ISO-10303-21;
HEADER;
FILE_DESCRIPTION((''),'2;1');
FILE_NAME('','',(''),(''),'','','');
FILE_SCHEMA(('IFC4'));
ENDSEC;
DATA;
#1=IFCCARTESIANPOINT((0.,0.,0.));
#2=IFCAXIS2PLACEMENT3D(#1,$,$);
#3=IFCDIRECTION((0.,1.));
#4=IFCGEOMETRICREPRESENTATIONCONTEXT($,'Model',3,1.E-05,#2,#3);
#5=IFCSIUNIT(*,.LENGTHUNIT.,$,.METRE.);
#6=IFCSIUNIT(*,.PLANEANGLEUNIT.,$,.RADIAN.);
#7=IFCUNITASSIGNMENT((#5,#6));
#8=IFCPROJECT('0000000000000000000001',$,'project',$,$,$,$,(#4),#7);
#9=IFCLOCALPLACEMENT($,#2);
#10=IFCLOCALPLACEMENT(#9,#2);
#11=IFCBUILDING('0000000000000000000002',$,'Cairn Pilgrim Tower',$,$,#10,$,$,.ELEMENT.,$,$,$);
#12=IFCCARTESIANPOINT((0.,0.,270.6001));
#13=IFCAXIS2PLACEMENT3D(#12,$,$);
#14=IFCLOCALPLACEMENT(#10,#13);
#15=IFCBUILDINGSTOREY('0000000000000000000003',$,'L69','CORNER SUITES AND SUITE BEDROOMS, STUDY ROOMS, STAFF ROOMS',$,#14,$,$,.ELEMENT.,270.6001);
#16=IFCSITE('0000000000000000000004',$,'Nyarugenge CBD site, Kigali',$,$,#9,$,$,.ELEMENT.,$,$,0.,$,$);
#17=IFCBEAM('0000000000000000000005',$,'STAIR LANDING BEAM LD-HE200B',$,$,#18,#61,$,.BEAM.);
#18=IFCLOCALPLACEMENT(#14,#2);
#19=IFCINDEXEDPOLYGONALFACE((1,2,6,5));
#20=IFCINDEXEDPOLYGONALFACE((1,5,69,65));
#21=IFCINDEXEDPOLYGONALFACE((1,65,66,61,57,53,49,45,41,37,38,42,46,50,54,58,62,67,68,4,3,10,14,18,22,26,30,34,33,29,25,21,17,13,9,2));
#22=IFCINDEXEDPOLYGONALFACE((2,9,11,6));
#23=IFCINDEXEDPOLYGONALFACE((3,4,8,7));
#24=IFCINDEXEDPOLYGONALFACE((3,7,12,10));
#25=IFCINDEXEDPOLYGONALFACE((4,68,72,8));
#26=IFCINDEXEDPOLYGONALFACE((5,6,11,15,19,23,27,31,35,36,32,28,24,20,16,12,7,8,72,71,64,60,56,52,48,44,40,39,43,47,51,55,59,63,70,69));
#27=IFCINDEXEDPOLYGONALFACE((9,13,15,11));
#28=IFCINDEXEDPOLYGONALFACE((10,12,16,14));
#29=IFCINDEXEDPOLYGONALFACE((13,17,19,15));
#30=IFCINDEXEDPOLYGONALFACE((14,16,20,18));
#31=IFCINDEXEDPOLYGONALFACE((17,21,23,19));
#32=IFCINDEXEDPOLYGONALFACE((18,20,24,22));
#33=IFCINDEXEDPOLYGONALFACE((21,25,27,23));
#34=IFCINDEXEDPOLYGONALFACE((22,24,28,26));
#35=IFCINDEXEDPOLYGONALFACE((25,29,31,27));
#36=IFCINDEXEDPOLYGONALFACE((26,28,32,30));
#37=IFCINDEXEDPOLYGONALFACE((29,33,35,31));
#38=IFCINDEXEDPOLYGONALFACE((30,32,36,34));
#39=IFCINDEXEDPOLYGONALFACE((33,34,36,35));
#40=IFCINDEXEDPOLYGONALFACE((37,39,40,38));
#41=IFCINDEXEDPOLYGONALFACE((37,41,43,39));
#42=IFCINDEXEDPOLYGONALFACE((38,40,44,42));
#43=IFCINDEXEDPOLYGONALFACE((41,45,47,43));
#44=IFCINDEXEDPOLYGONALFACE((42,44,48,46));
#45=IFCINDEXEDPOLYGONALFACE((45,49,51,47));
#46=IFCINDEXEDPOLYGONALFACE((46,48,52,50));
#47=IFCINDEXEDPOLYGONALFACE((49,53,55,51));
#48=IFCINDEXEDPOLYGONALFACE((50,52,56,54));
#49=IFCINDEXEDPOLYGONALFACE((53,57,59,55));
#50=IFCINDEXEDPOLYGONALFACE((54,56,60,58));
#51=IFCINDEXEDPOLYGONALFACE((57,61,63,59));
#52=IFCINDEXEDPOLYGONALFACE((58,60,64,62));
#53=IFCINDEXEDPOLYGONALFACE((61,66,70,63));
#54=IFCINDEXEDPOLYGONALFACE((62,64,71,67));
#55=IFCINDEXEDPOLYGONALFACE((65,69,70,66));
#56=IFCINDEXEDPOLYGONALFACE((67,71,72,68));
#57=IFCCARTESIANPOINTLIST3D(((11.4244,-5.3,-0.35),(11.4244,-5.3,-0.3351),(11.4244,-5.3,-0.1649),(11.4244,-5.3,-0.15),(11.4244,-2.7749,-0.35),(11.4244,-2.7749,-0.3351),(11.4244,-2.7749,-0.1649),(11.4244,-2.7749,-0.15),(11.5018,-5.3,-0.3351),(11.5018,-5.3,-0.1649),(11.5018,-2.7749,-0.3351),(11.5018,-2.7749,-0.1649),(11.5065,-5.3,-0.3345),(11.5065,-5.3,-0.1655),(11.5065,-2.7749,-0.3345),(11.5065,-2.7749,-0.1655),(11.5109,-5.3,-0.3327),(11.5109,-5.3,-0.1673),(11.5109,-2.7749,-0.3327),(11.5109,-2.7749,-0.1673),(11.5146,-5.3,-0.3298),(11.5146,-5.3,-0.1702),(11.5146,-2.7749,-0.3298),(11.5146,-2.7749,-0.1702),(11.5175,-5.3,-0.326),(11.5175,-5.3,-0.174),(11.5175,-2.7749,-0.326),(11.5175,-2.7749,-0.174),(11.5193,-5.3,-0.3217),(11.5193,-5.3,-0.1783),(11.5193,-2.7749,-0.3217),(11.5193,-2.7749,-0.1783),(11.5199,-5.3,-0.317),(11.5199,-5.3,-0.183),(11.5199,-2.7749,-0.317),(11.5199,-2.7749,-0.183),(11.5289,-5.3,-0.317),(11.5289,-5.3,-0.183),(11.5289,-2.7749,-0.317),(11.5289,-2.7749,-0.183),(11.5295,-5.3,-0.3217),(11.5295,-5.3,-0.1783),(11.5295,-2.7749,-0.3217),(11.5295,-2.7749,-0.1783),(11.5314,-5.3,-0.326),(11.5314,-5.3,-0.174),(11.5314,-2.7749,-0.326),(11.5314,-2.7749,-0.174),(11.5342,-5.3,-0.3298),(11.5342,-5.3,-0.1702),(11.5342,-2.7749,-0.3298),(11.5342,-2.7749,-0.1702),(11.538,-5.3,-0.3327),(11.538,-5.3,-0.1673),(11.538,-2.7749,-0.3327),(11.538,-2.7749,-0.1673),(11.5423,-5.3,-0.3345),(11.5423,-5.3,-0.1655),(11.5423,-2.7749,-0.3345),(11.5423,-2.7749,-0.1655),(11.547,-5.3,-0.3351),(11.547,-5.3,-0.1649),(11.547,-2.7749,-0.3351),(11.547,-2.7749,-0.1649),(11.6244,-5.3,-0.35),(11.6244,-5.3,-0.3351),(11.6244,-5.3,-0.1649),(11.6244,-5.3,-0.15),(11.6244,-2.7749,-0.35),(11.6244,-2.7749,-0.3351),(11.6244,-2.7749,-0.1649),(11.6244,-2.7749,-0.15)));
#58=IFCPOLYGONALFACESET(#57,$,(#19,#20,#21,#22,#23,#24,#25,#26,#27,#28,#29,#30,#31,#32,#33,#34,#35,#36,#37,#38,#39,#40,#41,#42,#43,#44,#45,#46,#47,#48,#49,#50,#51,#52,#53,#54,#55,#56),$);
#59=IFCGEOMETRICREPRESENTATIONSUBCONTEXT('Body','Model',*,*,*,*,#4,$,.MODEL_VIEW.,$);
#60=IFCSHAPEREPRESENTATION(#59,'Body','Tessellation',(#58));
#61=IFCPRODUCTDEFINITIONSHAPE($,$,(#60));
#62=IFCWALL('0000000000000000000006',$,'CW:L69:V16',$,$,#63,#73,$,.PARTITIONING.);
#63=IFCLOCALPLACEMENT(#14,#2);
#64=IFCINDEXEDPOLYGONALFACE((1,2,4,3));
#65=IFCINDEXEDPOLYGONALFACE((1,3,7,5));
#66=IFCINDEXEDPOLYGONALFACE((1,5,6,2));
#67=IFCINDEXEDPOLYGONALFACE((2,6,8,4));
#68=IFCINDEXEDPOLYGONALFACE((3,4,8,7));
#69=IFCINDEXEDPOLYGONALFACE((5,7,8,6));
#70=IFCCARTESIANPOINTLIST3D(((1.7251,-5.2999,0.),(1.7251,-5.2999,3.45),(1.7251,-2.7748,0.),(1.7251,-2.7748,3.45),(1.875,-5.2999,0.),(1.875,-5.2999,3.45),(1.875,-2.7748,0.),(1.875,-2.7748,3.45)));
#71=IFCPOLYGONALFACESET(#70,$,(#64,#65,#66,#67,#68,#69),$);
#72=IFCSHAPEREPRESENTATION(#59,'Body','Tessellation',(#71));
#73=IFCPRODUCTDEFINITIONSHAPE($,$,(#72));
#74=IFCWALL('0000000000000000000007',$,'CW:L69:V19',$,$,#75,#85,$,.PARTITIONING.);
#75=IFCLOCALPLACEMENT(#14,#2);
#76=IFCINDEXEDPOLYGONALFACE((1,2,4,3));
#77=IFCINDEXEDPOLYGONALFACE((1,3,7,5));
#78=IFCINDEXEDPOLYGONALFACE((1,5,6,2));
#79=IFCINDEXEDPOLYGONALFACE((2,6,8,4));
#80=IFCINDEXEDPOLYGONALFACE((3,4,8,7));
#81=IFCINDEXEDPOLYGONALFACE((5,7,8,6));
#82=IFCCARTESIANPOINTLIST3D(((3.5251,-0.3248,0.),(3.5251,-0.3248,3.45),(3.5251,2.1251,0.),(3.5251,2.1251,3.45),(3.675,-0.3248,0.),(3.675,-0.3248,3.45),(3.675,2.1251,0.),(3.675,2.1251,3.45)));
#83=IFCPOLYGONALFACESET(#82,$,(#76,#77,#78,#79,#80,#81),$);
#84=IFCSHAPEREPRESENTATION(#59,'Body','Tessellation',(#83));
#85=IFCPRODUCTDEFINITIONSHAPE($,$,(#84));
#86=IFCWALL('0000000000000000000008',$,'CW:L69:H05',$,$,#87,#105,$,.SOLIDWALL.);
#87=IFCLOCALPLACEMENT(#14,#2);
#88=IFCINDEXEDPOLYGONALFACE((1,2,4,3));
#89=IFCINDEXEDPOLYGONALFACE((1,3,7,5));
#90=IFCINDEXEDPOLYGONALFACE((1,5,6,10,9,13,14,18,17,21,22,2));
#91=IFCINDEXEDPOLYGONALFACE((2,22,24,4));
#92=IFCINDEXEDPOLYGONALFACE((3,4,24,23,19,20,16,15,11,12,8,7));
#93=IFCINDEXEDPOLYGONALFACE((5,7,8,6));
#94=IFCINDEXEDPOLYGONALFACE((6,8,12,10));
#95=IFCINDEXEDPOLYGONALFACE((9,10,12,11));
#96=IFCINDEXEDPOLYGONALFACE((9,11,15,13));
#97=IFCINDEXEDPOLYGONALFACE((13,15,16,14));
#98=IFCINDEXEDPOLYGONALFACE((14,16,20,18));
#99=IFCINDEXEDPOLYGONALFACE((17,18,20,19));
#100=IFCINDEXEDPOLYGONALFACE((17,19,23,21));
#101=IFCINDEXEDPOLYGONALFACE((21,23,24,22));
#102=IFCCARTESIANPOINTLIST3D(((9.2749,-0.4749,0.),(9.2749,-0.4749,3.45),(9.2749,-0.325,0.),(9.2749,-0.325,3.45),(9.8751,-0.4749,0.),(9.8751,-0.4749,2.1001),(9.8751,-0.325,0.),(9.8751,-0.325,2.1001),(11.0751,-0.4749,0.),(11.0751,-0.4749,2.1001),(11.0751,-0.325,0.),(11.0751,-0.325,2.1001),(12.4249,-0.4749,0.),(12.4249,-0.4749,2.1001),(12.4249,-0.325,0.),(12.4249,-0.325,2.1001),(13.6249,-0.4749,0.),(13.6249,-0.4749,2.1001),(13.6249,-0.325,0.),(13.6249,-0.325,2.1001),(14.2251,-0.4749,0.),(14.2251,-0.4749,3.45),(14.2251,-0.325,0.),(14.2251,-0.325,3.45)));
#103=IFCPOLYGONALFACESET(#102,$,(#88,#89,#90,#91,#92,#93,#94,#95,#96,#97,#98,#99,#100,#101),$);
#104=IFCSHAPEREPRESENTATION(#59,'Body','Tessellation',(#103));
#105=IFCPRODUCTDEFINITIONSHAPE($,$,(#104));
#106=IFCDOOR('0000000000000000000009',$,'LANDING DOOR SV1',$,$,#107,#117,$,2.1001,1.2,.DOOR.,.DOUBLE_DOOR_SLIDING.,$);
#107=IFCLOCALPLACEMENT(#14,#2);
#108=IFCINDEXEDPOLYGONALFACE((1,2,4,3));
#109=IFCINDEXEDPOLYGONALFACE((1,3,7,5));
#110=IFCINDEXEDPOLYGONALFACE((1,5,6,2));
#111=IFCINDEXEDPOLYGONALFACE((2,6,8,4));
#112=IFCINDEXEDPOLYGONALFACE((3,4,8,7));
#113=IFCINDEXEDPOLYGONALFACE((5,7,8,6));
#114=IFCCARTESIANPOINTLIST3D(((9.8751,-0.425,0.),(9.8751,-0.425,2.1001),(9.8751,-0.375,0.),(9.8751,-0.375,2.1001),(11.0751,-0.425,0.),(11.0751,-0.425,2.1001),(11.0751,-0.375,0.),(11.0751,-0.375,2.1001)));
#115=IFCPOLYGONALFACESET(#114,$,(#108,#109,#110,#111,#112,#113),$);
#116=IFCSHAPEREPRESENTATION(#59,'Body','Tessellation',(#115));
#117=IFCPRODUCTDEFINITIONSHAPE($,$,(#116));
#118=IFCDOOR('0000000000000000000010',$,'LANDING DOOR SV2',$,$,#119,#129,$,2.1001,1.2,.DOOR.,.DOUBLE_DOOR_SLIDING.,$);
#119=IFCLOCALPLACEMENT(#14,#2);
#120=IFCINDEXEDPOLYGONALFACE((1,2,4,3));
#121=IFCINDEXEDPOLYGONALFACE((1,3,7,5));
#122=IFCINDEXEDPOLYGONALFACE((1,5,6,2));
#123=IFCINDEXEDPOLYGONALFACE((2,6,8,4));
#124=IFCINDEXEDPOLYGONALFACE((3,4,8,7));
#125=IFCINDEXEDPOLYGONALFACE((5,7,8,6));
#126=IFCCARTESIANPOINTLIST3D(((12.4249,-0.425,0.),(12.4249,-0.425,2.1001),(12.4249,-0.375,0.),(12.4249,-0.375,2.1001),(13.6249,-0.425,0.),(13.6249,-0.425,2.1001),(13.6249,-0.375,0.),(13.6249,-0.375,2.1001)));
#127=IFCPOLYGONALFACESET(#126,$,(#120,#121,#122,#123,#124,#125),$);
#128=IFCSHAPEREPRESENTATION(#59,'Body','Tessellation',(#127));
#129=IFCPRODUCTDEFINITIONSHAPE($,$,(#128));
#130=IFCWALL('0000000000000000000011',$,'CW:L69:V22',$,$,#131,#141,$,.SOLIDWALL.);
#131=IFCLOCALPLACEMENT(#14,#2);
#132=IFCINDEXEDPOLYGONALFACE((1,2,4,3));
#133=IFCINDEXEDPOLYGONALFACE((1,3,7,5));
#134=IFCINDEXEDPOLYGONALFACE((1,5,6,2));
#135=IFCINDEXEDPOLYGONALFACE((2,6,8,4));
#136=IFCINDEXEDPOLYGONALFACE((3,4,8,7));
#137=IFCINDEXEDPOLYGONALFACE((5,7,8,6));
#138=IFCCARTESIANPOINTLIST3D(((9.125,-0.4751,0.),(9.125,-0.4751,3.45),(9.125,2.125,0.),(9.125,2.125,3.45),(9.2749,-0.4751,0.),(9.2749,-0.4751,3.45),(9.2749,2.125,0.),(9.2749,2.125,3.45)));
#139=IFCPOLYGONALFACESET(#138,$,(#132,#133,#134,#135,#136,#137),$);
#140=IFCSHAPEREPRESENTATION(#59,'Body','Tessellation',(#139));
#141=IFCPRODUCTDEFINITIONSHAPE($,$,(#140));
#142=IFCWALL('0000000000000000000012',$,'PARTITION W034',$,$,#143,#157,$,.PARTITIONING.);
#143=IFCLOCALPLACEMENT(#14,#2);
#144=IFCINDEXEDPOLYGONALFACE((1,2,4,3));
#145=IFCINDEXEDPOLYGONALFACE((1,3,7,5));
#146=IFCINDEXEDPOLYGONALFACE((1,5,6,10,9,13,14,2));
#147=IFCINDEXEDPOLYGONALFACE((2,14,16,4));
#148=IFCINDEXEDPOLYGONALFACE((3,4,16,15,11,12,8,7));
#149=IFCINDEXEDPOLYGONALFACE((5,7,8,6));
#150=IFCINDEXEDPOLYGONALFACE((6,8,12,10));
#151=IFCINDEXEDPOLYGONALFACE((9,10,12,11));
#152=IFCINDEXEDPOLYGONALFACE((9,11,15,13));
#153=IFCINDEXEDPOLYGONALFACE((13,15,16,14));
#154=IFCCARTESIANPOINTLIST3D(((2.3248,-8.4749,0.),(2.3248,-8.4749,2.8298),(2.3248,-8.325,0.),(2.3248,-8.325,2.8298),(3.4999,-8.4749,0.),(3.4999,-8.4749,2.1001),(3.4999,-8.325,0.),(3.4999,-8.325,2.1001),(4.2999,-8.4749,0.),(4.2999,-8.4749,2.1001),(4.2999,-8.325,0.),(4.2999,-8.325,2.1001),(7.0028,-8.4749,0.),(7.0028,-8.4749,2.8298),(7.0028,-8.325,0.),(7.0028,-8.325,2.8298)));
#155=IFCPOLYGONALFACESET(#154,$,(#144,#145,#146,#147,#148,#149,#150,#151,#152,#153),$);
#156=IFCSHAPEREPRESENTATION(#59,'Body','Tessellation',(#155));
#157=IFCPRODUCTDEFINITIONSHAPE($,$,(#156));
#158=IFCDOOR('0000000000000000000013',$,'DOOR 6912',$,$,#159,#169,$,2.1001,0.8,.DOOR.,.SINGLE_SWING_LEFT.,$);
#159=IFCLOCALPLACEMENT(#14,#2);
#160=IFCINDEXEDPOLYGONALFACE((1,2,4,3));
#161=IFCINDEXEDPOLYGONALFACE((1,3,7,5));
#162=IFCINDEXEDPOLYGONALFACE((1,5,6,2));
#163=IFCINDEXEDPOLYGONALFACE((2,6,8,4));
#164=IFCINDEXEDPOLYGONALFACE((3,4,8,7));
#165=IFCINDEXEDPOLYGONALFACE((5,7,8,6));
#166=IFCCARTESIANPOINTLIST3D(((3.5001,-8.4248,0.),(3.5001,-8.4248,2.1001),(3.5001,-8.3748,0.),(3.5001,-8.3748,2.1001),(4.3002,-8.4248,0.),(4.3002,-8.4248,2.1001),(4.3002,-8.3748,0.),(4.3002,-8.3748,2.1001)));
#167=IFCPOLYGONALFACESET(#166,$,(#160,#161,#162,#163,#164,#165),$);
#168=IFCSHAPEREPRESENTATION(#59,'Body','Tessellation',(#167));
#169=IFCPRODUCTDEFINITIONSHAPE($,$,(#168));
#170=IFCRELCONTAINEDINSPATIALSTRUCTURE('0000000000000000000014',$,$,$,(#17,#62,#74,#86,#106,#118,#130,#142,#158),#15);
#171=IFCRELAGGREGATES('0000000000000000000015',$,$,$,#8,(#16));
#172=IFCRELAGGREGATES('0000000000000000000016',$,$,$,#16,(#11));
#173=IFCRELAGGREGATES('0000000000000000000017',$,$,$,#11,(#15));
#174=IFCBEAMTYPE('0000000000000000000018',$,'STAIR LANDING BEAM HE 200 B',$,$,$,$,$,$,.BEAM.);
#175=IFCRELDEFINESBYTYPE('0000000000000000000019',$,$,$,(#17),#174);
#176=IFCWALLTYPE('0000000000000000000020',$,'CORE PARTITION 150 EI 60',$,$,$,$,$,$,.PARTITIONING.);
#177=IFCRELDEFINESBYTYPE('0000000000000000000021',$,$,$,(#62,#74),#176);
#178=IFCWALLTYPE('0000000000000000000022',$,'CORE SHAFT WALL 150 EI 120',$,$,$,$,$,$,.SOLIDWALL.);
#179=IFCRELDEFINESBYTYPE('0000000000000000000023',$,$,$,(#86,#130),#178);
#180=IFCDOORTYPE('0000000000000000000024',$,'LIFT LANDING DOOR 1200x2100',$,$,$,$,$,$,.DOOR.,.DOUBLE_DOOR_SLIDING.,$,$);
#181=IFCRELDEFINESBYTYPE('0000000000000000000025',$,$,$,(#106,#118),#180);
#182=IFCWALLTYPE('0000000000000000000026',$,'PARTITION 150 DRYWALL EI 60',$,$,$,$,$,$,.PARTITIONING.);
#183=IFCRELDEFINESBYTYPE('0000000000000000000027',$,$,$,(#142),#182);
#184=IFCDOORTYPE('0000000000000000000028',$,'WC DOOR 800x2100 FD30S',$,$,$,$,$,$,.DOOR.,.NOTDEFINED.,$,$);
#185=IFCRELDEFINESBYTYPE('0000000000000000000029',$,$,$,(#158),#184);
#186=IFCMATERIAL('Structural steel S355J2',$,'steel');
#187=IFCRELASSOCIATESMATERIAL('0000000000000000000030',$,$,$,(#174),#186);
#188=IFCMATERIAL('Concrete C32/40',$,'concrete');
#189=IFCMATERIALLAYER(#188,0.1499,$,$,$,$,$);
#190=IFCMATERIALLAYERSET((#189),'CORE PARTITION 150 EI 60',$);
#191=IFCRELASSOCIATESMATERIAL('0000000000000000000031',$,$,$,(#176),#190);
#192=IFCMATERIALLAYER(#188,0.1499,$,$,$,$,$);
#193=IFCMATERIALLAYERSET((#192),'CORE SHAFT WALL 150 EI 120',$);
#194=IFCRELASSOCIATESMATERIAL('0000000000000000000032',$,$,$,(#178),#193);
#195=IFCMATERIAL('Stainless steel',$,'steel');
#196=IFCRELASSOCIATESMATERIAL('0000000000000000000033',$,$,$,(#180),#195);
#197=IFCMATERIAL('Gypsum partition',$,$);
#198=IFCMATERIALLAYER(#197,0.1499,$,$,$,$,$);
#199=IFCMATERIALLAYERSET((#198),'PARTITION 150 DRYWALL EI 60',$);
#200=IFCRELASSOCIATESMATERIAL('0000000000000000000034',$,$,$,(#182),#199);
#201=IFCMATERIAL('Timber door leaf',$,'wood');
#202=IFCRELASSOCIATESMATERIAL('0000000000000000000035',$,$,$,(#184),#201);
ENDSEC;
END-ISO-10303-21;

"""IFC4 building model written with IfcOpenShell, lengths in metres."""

from ifc_helpers import new_model, si_unit, direction, frame, frame_2d, origin, origin_2d, place, context, subcontext, project, spatial, rectangle, i_section, extrude, material, layer, layer_set, material_profile, profile_set, type_object, element, fill, save


model = new_model("IFC4")

# Units and contexts
model_context = context("Model", 3, precision=1e-05, world=origin(), true_north=direction((0.0, 1.0)))
body_context = subcontext(model_context, "Body", "Model", "MODEL_VIEW")
ifc_project = project(units=[si_unit("LENGTHUNIT", "METRE"), si_unit("PLANEANGLEUNIT", "RADIAN")], contexts=[model_context])

# Site, building, storey
site_placement = place(None, origin())
site = spatial("IfcSite", under=ifc_project, at=site_placement, Name="Nyarugenge CBD site, Kigali", CompositionType="ELEMENT", RefElevation=0.0)
building_placement = place(site_placement, origin())
building = spatial("IfcBuilding", under=site, at=building_placement, Name="Cairn Pilgrim Tower", CompositionType="ELEMENT")
storey_placement = place(building_placement, frame((0.0, 0.0, 270.6001)))
storey = spatial("IfcBuildingStorey", under=building, at=storey_placement, Name="L69", Description="CORNER SUITES AND SUITE BEDROOMS, STUDY ROOMS, STAFF ROOMS", CompositionType="ELEMENT", Elevation=270.6001)

# Shared definitions
ifc_material_1 = material(Name="Structural steel S355J2", Category="steel")

# Beam
ifc_material_profile_1 = material_profile(ifc_material_1, i_section(OverallWidth=0.2, OverallDepth=0.2, WebThickness=0.009, FlangeThickness=0.0149, FilletRadius=0.0181, at=origin_2d()), Name="HE 200 B")
ifc_profile_set_1 = profile_set([ifc_material_profile_1], Name="Structural steel S355J2")
beam_type_1 = type_object("IfcBeamType", Name="STAIR LANDING BEAM HE 200 B", PredefinedType="BEAM", material=ifc_profile_set_1)
beam_1_placement = place(storey_placement, frame((11.5244, -2.7749, -0.25), z_axis=(0.0, -1.0, 0.0), x_axis=(1.0, 0.0, 0.0)))
element("IfcBeam", 1, at=beam_1_placement, inside=storey, type_object=beam_type_1, Name="STAIR LANDING BEAM LD-HE200B", PredefinedType="BEAM", context=body_context, shape_type="SweptSolid", body=[
    extrude(i_section(OverallWidth=0.2, OverallDepth=0.2, WebThickness=0.009, FlangeThickness=0.0149, FilletRadius=0.0181, at=origin_2d()), origin(), (0.0, 0.0, 1.0), 2.5251),
])

# Walls
ifc_material_2 = material(Name="Concrete C32/40", Category="concrete")
ifc_layer_1 = layer(ifc_material_2, 0.1499)
ifc_layer_set_1 = layer_set([ifc_layer_1], Name="CORE PARTITION 150 EI 60")
wall_type_1 = type_object("IfcWallType", Name="CORE PARTITION 150 EI 60", PredefinedType="PARTITIONING", material=ifc_layer_set_1)
wall_1_placement = place(storey_placement, frame((1.8, -5.3, 0.0), z_axis=(0.0, 0.0, 1.0), x_axis=(0.0, 1.0, 0.0)))
element("IfcWall", 2, at=wall_1_placement, inside=storey, type_object=wall_type_1, Name="CW:L69:V16", PredefinedType="PARTITIONING", context=body_context, shape_type="SweptSolid", body=[
    extrude(rectangle(XDim=2.5251, YDim=0.1499, at=frame_2d((1.2627, 0.0))), origin(), (0.0, 0.0, 1.0), 3.45),
])
wall_2_placement = place(storey_placement, frame((3.6001, -0.325, 0.0), z_axis=(0.0, 0.0, 1.0), x_axis=(0.0, 1.0, 0.0)))
element("IfcWall", 3, at=wall_2_placement, inside=storey, type_object=wall_type_1, Name="CW:L69:V19", PredefinedType="PARTITIONING", context=body_context, shape_type="SweptSolid", body=[
    extrude(rectangle(XDim=2.45, YDim=0.1499, at=frame_2d((1.2251, 0.0))), origin(), (0.0, 0.0, 1.0), 3.45),
])

# Wall, openings, doors
ifc_layer_2 = layer(ifc_material_2, 0.1499)
ifc_layer_set_2 = layer_set([ifc_layer_2], Name="CORE SHAFT WALL 150 EI 120")
wall_type_2 = type_object("IfcWallType", Name="CORE SHAFT WALL 150 EI 120", PredefinedType="SOLIDWALL", material=ifc_layer_set_2)
wall_3_placement = place(storey_placement, frame((9.2749, -0.3999, 0.0), z_axis=(0.0, 0.0, 1.0), x_axis=(1.0, 0.0, 0.0)))
wall_3 = element("IfcWall", 4, at=wall_3_placement, inside=storey, type_object=wall_type_2, Name="CW:L69:H05", PredefinedType="SOLIDWALL", context=body_context, shape_type="SweptSolid", body=[
    extrude(rectangle(XDim=4.9502, YDim=0.1499, at=frame_2d((2.4751, 0.0))), origin(), (0.0, 0.0, 1.0), 3.45),
])
opening_1_placement = place(wall_3_placement, frame((0.6001, 0.0, 0.0)))
opening_1 = element("IfcOpeningElement", 5, at=opening_1_placement, cuts=wall_3, PredefinedType="OPENING", context=body_context, shape_type="SweptSolid", body=[
    extrude(rectangle(XDim=1.2, YDim=2.1001, at=frame_2d((0.6001, 1.05))), frame((0.0, 0.085, 0.0), z_axis=(0.0, -1.0, 0.0), x_axis=(1.0, 0.0, 0.0)), (0.0, 0.0, 1.0), 0.1699),
])
opening_2_placement = place(wall_3_placement, frame((3.1499, 0.0, 0.0)))
opening_2 = element("IfcOpeningElement", 6, at=opening_2_placement, cuts=wall_3, PredefinedType="OPENING", context=body_context, shape_type="SweptSolid", body=[
    extrude(rectangle(XDim=1.2, YDim=2.1001, at=frame_2d((0.6001, 1.05))), frame((0.0, 0.085, 0.0), z_axis=(0.0, -1.0, 0.0), x_axis=(1.0, 0.0, 0.0)), (0.0, 0.0, 1.0), 0.1699),
])
ifc_material_3 = material(Name="Stainless steel", Category="steel")
door_type_1 = type_object("IfcDoorType", Name="LIFT LANDING DOOR 1200x2100", OperationType="DOUBLE_DOOR_SLIDING", PredefinedType="DOOR", material=ifc_material_3)
door_1_placement = place(opening_1_placement, origin())
door_1 = element("IfcDoor", 7, at=door_1_placement, inside=storey, type_object=door_type_1, Name="LANDING DOOR SV1", OperationType="DOUBLE_DOOR_SLIDING", OverallHeight=2.1001, OverallWidth=1.2, PredefinedType="DOOR", context=body_context, shape_type="SweptSolid", body=[
    extrude(rectangle(XDim=1.2, YDim=2.1001, at=frame_2d((0.6001, 1.05))), frame((0.0, 0.0249, 0.0), z_axis=(0.0, -1.0, 0.0), x_axis=(1.0, 0.0, 0.0)), (0.0, 0.0, 1.0), 0.05),
])
fill(opening_1, door_1)
door_2_placement = place(opening_2_placement, origin())
door_2 = element("IfcDoor", 8, at=door_2_placement, inside=storey, type_object=door_type_1, Name="LANDING DOOR SV2", OperationType="DOUBLE_DOOR_SLIDING", OverallHeight=2.1001, OverallWidth=1.2, PredefinedType="DOOR", context=body_context, shape_type="SweptSolid", body=[
    extrude(rectangle(XDim=1.2, YDim=2.1001, at=frame_2d((0.6001, 1.05))), frame((0.0, 0.0249, 0.0), z_axis=(0.0, -1.0, 0.0), x_axis=(1.0, 0.0, 0.0)), (0.0, 0.0, 1.0), 0.05),
])
fill(opening_2, door_2)

# Wall
wall_4_placement = place(storey_placement, frame((9.2, -0.4751, 0.0), z_axis=(0.0, 0.0, 1.0), x_axis=(0.0, 1.0, 0.0)))
element("IfcWall", 9, at=wall_4_placement, inside=storey, type_object=wall_type_2, Name="CW:L69:V22", PredefinedType="SOLIDWALL", context=body_context, shape_type="SweptSolid", body=[
    extrude(rectangle(XDim=2.6001, YDim=0.1499, at=frame_2d((1.3, 0.0))), origin(), (0.0, 0.0, 1.0), 3.45),
])

# Wall, opening, door
ifc_material_4 = material(Name="Gypsum partition")
ifc_layer_3 = layer(ifc_material_4, 0.1499)
ifc_layer_set_3 = layer_set([ifc_layer_3], Name="PARTITION 150 DRYWALL EI 60")
wall_type_3 = type_object("IfcWallType", Name="PARTITION 150 DRYWALL EI 60", PredefinedType="PARTITIONING", material=ifc_layer_set_3)
wall_5_placement = place(storey_placement, frame((2.325, -8.3999, 0.0), z_axis=(0.0, 0.0, 1.0), x_axis=(1.0, 0.0, 0.0)))
wall_5 = element("IfcWall", 10, at=wall_5_placement, inside=storey, type_object=wall_type_3, Name="PARTITION W034", PredefinedType="PARTITIONING", context=body_context, shape_type="SweptSolid", body=[
    extrude(rectangle(XDim=4.678, YDim=0.1499, at=frame_2d((2.3389, 0.0))), origin(), (0.0, 0.0, 1.0), 2.8298),
])
opening_3_placement = place(wall_5_placement, frame((1.175, 0.0, 0.0)))
opening_3 = element("IfcOpeningElement", 11, at=opening_3_placement, cuts=wall_5, PredefinedType="OPENING", context=body_context, shape_type="SweptSolid", body=[
    extrude(rectangle(XDim=0.8, YDim=2.1001, at=frame_2d((0.3999, 1.05))), frame((0.0, 0.085, 0.0), z_axis=(0.0, -1.0, 0.0), x_axis=(1.0, 0.0, 0.0)), (0.0, 0.0, 1.0), 0.1699),
])
ifc_material_5 = material(Name="Timber door leaf", Category="wood")
door_type_2 = type_object("IfcDoorType", Name="WC DOOR 800x2100 FD30S", OperationType="NOTDEFINED", PredefinedType="DOOR", material=ifc_material_5)
door_3_placement = place(opening_3_placement, frame((0.8, 0.0, 0.0), z_axis=(0.0, 0.0, 1.0), x_axis=(-1.0, 0.0, 0.0)))
door_3 = element("IfcDoor", 12, at=door_3_placement, inside=storey, type_object=door_type_2, Name="DOOR 6912", OperationType="SINGLE_SWING_LEFT", OverallHeight=2.1001, OverallWidth=0.8, PredefinedType="DOOR", context=body_context, shape_type="SweptSolid", body=[
    extrude(rectangle(XDim=0.8, YDim=2.1001, at=frame_2d((0.3999, 1.05))), frame((0.0, 0.0249, 0.0), z_axis=(0.0, -1.0, 0.0), x_axis=(1.0, 0.0, 0.0)), (0.0, 0.0, 1.0), 0.05),
])
fill(opening_3, door_3)

save(model, "model.ifc")
